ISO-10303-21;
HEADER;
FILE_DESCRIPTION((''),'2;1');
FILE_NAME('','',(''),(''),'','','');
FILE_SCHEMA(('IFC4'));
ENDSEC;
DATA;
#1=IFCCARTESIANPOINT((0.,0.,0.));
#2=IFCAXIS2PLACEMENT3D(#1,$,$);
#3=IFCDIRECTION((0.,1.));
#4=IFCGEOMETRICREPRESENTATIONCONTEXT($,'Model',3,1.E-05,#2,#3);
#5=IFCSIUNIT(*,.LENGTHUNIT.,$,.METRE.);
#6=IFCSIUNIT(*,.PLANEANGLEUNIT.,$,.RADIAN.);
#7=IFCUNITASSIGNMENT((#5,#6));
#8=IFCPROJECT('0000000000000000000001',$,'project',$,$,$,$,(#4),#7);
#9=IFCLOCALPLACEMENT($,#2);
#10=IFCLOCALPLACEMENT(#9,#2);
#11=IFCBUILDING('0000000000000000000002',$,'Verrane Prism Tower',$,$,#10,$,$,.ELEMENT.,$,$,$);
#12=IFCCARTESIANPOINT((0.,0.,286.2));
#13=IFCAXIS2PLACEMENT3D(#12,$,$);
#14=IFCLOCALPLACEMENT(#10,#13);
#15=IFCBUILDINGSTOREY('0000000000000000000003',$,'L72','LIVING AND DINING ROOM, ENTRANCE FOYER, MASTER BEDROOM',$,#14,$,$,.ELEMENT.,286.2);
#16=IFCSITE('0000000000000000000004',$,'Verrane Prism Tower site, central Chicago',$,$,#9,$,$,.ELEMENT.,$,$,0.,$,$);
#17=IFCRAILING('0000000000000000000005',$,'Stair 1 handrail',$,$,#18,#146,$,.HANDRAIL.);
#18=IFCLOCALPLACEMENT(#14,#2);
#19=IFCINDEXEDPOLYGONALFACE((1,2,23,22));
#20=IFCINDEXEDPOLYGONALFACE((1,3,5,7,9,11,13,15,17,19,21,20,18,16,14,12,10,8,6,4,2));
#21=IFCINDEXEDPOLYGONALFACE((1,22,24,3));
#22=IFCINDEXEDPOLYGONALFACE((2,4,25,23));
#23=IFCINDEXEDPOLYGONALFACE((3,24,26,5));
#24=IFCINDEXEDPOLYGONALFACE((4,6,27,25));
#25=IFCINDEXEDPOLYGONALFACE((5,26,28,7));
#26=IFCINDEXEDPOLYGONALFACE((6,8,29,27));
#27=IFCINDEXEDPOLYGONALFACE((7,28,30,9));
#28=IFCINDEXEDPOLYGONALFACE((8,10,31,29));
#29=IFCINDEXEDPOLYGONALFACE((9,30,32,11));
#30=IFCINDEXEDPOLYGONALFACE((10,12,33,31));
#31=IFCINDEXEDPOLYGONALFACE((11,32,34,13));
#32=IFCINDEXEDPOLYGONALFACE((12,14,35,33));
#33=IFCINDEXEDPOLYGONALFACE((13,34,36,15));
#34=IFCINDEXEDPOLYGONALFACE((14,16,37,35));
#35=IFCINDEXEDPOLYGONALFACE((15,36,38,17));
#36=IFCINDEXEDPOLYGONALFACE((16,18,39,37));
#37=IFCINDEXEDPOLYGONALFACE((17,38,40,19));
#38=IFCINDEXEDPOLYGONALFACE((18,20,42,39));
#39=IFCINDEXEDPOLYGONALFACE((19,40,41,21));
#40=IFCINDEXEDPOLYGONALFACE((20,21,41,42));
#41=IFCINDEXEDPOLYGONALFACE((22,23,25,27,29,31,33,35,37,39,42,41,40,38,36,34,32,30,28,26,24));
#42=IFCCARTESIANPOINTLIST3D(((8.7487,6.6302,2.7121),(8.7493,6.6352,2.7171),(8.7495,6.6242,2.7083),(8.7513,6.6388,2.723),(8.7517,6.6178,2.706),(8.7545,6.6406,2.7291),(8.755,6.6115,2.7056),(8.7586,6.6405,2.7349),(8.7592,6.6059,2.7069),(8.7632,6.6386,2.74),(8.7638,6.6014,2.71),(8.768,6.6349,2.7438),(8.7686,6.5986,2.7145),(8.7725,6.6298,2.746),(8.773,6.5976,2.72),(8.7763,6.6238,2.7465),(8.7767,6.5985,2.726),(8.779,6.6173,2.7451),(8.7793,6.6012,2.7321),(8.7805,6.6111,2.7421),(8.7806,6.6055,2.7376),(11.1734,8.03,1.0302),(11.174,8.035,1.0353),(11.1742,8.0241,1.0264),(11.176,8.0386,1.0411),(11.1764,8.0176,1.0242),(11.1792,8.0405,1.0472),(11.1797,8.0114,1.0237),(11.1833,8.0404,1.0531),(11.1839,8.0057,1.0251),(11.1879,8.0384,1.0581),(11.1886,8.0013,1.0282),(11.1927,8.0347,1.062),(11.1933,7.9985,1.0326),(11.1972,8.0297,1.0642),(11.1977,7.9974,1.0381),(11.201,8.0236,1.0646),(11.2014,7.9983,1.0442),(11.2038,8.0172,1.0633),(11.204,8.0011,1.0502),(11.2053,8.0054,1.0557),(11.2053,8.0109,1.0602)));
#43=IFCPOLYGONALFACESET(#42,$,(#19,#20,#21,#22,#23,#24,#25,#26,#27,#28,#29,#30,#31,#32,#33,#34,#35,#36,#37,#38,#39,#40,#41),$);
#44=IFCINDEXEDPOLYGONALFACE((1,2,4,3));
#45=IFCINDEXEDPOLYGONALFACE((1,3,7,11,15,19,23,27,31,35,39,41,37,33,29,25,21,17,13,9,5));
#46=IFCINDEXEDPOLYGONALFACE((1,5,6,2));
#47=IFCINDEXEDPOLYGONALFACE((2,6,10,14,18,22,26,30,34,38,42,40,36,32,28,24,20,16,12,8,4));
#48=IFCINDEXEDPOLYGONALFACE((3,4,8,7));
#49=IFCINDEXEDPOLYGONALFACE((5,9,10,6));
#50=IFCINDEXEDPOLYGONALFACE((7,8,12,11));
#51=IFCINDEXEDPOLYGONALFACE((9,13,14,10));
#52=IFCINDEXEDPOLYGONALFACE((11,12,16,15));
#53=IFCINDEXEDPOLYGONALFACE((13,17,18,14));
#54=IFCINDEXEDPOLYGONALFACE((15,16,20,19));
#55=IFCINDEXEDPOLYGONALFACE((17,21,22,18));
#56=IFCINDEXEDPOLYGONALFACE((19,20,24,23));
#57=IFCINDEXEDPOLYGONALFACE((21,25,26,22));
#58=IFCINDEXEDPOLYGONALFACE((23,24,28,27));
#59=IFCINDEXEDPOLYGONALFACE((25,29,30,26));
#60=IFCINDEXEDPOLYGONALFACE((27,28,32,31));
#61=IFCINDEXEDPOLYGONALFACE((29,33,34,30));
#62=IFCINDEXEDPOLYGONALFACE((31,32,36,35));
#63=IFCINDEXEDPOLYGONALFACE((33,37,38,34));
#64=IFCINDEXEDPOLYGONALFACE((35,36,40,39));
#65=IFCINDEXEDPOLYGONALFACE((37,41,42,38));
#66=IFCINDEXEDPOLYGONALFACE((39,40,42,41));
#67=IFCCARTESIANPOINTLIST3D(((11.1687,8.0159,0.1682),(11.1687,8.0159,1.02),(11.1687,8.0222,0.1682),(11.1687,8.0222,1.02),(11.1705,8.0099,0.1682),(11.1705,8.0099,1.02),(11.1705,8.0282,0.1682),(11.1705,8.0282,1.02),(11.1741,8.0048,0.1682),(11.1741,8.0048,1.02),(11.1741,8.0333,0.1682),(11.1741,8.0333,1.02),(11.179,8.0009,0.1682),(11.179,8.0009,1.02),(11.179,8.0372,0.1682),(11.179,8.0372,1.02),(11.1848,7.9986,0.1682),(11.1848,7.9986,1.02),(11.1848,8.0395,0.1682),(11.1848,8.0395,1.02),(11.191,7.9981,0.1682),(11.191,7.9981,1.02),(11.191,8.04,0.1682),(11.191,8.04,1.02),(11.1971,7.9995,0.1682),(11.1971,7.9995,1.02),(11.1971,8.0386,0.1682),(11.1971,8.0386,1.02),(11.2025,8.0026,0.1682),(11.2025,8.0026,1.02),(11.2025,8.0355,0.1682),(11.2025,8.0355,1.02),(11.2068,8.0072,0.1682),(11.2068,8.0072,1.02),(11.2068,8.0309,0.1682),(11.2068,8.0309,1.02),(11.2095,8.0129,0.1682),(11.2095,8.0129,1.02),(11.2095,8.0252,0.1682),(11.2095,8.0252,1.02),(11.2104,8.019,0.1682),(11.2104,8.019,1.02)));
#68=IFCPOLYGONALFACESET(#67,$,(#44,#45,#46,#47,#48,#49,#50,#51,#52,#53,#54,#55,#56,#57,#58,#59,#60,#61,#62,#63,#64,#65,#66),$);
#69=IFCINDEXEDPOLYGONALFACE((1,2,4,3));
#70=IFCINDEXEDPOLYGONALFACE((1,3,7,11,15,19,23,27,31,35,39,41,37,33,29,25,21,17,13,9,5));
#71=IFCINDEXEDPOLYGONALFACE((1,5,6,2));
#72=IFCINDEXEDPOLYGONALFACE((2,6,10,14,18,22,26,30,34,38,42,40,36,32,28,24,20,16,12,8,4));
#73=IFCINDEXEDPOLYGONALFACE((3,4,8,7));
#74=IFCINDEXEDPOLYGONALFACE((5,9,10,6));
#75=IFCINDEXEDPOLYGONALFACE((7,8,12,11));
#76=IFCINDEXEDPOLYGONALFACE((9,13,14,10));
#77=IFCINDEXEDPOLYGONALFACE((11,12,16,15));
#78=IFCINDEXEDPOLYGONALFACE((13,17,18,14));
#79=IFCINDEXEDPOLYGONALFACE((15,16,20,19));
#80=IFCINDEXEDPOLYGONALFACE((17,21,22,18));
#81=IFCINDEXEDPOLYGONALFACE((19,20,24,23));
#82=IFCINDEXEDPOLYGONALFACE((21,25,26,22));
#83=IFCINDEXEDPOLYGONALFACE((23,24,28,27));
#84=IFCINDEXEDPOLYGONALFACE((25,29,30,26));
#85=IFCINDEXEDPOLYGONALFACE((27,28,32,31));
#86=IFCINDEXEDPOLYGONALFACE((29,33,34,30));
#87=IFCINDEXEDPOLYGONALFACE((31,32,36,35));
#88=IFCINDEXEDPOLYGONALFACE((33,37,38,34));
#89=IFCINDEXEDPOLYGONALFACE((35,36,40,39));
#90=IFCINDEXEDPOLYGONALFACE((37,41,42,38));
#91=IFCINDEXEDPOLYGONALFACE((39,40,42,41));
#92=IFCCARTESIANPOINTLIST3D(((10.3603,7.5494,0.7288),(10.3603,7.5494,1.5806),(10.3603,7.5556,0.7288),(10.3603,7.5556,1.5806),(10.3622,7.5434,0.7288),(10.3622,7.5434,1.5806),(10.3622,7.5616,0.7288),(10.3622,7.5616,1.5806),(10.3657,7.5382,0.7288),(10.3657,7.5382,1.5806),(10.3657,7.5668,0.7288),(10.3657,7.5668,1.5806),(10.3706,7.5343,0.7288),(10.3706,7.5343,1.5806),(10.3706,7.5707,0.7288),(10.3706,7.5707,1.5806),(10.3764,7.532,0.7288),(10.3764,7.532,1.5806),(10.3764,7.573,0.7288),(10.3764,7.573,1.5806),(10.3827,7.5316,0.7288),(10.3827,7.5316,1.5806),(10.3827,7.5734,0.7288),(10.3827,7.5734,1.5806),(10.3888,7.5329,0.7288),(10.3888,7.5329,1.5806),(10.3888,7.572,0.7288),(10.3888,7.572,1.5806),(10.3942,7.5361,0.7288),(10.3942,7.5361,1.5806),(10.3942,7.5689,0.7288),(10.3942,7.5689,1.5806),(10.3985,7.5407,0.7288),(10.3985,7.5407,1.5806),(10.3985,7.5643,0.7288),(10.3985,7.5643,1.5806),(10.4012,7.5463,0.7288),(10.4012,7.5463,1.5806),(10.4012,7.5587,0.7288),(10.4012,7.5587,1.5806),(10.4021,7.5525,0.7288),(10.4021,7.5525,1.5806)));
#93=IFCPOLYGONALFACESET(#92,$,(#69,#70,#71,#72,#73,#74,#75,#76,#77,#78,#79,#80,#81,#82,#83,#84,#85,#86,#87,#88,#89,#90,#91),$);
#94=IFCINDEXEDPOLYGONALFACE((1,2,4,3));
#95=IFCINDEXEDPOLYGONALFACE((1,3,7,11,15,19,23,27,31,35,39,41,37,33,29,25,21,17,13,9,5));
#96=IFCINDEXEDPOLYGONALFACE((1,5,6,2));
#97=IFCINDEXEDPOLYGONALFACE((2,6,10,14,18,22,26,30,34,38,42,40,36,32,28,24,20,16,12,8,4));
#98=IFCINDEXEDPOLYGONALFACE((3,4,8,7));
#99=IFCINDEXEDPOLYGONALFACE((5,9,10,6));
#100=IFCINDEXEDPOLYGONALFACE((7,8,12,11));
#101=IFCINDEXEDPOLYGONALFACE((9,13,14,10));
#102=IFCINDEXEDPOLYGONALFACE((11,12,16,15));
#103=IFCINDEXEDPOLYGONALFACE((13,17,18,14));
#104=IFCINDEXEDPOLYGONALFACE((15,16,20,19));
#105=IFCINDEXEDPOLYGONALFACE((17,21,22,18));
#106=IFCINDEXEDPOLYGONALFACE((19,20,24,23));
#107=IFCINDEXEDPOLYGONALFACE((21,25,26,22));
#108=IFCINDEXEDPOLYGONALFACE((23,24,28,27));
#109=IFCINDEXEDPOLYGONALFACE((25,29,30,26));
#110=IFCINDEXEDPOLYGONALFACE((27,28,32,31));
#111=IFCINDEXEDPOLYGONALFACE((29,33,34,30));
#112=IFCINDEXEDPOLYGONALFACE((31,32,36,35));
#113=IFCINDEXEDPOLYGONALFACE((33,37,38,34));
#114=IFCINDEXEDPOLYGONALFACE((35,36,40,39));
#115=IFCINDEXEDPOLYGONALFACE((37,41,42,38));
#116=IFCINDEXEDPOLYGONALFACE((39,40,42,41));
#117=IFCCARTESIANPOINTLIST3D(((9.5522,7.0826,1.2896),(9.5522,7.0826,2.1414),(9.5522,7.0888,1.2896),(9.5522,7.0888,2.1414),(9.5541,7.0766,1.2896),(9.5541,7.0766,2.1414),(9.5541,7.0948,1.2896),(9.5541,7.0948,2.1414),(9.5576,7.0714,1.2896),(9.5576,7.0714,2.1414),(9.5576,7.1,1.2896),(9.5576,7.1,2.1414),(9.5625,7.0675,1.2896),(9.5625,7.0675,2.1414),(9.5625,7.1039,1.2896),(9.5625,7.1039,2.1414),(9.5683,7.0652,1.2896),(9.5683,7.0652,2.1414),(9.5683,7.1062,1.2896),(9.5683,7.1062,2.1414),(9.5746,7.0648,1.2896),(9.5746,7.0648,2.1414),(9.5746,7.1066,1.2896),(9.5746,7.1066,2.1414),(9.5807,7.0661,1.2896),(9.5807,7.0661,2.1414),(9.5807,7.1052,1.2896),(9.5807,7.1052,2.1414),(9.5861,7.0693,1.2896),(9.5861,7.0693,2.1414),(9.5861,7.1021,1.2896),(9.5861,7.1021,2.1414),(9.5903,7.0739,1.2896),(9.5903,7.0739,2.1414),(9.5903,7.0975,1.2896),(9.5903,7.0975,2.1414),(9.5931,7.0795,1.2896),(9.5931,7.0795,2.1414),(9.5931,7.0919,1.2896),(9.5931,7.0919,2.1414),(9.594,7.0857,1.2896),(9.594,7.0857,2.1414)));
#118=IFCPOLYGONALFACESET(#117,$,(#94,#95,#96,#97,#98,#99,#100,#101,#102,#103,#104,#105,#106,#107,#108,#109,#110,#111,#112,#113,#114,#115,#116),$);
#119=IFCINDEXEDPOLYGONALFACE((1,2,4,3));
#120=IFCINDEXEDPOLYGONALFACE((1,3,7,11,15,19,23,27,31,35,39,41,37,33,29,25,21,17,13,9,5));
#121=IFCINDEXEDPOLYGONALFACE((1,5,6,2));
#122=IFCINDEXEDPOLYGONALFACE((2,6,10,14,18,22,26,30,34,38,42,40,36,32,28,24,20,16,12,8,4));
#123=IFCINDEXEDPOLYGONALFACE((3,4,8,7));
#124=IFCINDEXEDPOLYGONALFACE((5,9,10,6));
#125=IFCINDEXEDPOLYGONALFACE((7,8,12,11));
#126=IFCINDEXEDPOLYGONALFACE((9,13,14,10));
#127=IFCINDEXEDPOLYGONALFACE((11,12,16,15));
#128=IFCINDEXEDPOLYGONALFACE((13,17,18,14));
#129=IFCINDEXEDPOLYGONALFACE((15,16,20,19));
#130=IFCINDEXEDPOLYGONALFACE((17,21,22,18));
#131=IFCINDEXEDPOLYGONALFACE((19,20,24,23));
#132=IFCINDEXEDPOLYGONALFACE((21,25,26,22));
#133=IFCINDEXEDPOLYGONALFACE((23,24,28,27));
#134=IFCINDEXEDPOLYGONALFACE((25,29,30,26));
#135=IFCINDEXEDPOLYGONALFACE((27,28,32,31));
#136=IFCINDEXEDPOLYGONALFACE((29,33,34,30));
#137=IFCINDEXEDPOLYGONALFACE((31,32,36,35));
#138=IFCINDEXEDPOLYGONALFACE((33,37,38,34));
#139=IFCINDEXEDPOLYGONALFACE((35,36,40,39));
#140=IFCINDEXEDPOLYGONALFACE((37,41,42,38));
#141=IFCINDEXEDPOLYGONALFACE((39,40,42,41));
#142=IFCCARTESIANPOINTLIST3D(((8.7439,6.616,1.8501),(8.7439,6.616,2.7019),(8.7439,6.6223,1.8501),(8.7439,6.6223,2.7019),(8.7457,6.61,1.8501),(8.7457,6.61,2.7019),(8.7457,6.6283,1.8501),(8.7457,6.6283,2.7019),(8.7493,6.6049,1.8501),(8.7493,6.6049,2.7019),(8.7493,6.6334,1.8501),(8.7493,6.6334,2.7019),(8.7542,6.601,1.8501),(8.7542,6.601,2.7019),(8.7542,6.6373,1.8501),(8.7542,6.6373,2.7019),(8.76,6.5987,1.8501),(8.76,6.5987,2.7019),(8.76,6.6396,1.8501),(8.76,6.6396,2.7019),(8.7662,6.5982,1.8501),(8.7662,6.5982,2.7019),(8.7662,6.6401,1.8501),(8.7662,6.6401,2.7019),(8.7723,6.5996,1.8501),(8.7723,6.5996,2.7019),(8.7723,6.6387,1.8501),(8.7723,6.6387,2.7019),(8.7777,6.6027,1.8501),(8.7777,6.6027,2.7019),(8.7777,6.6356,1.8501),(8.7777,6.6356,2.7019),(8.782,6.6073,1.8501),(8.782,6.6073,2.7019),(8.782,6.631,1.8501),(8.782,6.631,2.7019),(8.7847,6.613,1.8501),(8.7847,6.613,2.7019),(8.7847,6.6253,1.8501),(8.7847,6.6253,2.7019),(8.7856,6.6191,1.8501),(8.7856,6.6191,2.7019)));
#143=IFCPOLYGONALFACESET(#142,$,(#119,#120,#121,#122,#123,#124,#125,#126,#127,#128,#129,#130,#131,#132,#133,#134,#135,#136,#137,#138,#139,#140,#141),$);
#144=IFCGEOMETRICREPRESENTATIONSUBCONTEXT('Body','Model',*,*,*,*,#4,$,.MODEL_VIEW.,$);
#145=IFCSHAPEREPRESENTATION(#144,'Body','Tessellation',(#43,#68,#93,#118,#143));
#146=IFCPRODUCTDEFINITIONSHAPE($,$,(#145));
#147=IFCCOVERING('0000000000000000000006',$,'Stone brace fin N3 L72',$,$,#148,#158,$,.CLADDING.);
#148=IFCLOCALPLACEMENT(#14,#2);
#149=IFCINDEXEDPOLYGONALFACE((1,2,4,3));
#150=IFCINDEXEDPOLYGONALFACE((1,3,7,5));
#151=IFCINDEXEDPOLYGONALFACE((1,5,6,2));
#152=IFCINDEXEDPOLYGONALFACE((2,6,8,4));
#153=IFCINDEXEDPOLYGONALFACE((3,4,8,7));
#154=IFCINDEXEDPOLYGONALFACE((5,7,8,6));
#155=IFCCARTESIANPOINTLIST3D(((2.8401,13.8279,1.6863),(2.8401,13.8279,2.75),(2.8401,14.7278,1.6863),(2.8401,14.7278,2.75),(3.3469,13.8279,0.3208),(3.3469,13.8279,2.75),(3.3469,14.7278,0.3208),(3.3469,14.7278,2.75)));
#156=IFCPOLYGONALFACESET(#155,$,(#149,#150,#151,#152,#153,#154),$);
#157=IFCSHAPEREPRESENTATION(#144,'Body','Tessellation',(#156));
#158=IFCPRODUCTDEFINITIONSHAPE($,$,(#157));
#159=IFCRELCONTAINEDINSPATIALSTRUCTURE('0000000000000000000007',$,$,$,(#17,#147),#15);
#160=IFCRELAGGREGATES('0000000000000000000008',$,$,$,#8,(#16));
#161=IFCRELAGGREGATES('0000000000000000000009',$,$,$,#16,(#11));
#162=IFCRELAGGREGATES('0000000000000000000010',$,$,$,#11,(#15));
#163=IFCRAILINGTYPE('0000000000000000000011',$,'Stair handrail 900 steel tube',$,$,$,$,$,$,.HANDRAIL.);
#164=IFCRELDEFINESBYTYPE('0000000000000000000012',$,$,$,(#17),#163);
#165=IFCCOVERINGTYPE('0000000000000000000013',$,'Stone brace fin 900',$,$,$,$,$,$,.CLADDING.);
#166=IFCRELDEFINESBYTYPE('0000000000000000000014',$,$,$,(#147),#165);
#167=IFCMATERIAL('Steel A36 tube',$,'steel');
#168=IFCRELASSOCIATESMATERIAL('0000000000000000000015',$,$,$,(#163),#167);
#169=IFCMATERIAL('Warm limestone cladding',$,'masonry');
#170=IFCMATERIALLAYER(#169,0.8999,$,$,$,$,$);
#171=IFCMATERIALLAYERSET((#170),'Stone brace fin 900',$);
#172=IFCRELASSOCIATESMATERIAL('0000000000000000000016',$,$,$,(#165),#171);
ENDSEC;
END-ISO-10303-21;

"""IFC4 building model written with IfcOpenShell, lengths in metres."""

from ifc_helpers import new_model, si_unit, direction, frame, origin, origin_2d, place, context, subcontext, project, spatial, polyline, circle, outline, extrude, material, layer, layer_set, type_object, element, save


model = new_model("IFC4")

# Units and contexts
model_context = context("Model", 3, precision=1e-05, world=origin(), true_north=direction((0.0, 1.0)))
body_context = subcontext(model_context, "Body", "Model", "MODEL_VIEW")
ifc_project = project(units=[si_unit("LENGTHUNIT", "METRE"), si_unit("PLANEANGLEUNIT", "RADIAN")], contexts=[model_context])

# Site, building, storey
site_placement = place(None, origin())
site = spatial("IfcSite", under=ifc_project, at=site_placement, Name="Verrane Prism Tower site, central Chicago", CompositionType="ELEMENT", RefElevation=0.0)
building_placement = place(site_placement, origin())
building = spatial("IfcBuilding", under=site, at=building_placement, Name="Verrane Prism Tower", CompositionType="ELEMENT")
storey_placement = place(building_placement, frame((0.0, 0.0, 286.2)))
storey = spatial("IfcBuildingStorey", under=building, at=storey_placement, Name="L72", Description="LIVING AND DINING ROOM, ENTRANCE FOYER, MASTER BEDROOM", CompositionType="ELEMENT", Elevation=286.2)

# Railing
ifc_material_1 = material(Name="Steel A36 tube", Category="steel")
railing_type_1 = type_object("IfcRailingType", Name="Stair handrail 900 steel tube", PredefinedType="HANDRAIL", material=ifc_material_1)
railing_1_placement = place(storey_placement, frame((11.1895, 8.019, 0.1682)))
element("IfcRailing", 1, at=railing_1_placement, inside=storey, type_object=railing_type_1, Name="Stair 1 handrail", PredefinedType="HANDRAIL", context=body_context, shape_type="SweptSolid", body=[
    extrude(circle(Radius=0.0239, at=origin_2d()), frame((0.0, 0.0, 0.876), z_axis=(-0.74239, -0.428601, 0.514934), x_axis=(0.499984, -0.866035, 0.0)), (0.0, 0.0, 1.0), 3.2661),
    extrude(circle(Radius=0.021, at=origin_2d()), origin(), (0.0, 0.0, 1.0), 0.8518),
    extrude(circle(Radius=0.021, at=origin_2d()), frame((-0.8083, -0.4666, 0.5605)), (0.0, 0.0, 1.0), 0.8518),
    extrude(circle(Radius=0.021, at=origin_2d()), frame((-1.6165, -0.9333, 1.1213)), (0.0, 0.0, 1.0), 0.8518),
    extrude(circle(Radius=0.021, at=origin_2d()), frame((-2.4248, -1.3999, 1.6819)), (0.0, 0.0, 1.0), 0.8518),
])

# Covering
ifc_material_2 = material(Name="Warm limestone cladding", Category="masonry")
ifc_layer_1 = layer(ifc_material_2, 0.8999)
ifc_layer_set_1 = layer_set([ifc_layer_1], Name="Stone brace fin 900")
covering_type = type_object("IfcCoveringType", Name="Stone brace fin 900", PredefinedType="CLADDING", material=ifc_layer_set_1)
covering_placement = place(storey_placement, frame((3.3469, 14.2778, 0.3208), z_axis=(0.0, 0.0, 1.0), x_axis=(-1.0, 0.0, 0.0)))
element("IfcCovering", 2, at=covering_placement, inside=storey, type_object=covering_type, Name="Stone brace fin N3 L72", PredefinedType="CLADDING", context=body_context, shape_type="SweptSolid", body=[
    extrude(outline(polyline([(0.5068, 2.4292), (0.0, 2.4292), (0.0, 0.0), (0.5068, 1.3655), (0.5068, 2.4292)])), frame((0.0, 0.45, 0.0), z_axis=(0.0, -1.0, 0.0), x_axis=(1.0, 0.0, 0.0)), (0.0, 0.0, 1.0), 0.8999),
])

save(model, "model.ifc")
